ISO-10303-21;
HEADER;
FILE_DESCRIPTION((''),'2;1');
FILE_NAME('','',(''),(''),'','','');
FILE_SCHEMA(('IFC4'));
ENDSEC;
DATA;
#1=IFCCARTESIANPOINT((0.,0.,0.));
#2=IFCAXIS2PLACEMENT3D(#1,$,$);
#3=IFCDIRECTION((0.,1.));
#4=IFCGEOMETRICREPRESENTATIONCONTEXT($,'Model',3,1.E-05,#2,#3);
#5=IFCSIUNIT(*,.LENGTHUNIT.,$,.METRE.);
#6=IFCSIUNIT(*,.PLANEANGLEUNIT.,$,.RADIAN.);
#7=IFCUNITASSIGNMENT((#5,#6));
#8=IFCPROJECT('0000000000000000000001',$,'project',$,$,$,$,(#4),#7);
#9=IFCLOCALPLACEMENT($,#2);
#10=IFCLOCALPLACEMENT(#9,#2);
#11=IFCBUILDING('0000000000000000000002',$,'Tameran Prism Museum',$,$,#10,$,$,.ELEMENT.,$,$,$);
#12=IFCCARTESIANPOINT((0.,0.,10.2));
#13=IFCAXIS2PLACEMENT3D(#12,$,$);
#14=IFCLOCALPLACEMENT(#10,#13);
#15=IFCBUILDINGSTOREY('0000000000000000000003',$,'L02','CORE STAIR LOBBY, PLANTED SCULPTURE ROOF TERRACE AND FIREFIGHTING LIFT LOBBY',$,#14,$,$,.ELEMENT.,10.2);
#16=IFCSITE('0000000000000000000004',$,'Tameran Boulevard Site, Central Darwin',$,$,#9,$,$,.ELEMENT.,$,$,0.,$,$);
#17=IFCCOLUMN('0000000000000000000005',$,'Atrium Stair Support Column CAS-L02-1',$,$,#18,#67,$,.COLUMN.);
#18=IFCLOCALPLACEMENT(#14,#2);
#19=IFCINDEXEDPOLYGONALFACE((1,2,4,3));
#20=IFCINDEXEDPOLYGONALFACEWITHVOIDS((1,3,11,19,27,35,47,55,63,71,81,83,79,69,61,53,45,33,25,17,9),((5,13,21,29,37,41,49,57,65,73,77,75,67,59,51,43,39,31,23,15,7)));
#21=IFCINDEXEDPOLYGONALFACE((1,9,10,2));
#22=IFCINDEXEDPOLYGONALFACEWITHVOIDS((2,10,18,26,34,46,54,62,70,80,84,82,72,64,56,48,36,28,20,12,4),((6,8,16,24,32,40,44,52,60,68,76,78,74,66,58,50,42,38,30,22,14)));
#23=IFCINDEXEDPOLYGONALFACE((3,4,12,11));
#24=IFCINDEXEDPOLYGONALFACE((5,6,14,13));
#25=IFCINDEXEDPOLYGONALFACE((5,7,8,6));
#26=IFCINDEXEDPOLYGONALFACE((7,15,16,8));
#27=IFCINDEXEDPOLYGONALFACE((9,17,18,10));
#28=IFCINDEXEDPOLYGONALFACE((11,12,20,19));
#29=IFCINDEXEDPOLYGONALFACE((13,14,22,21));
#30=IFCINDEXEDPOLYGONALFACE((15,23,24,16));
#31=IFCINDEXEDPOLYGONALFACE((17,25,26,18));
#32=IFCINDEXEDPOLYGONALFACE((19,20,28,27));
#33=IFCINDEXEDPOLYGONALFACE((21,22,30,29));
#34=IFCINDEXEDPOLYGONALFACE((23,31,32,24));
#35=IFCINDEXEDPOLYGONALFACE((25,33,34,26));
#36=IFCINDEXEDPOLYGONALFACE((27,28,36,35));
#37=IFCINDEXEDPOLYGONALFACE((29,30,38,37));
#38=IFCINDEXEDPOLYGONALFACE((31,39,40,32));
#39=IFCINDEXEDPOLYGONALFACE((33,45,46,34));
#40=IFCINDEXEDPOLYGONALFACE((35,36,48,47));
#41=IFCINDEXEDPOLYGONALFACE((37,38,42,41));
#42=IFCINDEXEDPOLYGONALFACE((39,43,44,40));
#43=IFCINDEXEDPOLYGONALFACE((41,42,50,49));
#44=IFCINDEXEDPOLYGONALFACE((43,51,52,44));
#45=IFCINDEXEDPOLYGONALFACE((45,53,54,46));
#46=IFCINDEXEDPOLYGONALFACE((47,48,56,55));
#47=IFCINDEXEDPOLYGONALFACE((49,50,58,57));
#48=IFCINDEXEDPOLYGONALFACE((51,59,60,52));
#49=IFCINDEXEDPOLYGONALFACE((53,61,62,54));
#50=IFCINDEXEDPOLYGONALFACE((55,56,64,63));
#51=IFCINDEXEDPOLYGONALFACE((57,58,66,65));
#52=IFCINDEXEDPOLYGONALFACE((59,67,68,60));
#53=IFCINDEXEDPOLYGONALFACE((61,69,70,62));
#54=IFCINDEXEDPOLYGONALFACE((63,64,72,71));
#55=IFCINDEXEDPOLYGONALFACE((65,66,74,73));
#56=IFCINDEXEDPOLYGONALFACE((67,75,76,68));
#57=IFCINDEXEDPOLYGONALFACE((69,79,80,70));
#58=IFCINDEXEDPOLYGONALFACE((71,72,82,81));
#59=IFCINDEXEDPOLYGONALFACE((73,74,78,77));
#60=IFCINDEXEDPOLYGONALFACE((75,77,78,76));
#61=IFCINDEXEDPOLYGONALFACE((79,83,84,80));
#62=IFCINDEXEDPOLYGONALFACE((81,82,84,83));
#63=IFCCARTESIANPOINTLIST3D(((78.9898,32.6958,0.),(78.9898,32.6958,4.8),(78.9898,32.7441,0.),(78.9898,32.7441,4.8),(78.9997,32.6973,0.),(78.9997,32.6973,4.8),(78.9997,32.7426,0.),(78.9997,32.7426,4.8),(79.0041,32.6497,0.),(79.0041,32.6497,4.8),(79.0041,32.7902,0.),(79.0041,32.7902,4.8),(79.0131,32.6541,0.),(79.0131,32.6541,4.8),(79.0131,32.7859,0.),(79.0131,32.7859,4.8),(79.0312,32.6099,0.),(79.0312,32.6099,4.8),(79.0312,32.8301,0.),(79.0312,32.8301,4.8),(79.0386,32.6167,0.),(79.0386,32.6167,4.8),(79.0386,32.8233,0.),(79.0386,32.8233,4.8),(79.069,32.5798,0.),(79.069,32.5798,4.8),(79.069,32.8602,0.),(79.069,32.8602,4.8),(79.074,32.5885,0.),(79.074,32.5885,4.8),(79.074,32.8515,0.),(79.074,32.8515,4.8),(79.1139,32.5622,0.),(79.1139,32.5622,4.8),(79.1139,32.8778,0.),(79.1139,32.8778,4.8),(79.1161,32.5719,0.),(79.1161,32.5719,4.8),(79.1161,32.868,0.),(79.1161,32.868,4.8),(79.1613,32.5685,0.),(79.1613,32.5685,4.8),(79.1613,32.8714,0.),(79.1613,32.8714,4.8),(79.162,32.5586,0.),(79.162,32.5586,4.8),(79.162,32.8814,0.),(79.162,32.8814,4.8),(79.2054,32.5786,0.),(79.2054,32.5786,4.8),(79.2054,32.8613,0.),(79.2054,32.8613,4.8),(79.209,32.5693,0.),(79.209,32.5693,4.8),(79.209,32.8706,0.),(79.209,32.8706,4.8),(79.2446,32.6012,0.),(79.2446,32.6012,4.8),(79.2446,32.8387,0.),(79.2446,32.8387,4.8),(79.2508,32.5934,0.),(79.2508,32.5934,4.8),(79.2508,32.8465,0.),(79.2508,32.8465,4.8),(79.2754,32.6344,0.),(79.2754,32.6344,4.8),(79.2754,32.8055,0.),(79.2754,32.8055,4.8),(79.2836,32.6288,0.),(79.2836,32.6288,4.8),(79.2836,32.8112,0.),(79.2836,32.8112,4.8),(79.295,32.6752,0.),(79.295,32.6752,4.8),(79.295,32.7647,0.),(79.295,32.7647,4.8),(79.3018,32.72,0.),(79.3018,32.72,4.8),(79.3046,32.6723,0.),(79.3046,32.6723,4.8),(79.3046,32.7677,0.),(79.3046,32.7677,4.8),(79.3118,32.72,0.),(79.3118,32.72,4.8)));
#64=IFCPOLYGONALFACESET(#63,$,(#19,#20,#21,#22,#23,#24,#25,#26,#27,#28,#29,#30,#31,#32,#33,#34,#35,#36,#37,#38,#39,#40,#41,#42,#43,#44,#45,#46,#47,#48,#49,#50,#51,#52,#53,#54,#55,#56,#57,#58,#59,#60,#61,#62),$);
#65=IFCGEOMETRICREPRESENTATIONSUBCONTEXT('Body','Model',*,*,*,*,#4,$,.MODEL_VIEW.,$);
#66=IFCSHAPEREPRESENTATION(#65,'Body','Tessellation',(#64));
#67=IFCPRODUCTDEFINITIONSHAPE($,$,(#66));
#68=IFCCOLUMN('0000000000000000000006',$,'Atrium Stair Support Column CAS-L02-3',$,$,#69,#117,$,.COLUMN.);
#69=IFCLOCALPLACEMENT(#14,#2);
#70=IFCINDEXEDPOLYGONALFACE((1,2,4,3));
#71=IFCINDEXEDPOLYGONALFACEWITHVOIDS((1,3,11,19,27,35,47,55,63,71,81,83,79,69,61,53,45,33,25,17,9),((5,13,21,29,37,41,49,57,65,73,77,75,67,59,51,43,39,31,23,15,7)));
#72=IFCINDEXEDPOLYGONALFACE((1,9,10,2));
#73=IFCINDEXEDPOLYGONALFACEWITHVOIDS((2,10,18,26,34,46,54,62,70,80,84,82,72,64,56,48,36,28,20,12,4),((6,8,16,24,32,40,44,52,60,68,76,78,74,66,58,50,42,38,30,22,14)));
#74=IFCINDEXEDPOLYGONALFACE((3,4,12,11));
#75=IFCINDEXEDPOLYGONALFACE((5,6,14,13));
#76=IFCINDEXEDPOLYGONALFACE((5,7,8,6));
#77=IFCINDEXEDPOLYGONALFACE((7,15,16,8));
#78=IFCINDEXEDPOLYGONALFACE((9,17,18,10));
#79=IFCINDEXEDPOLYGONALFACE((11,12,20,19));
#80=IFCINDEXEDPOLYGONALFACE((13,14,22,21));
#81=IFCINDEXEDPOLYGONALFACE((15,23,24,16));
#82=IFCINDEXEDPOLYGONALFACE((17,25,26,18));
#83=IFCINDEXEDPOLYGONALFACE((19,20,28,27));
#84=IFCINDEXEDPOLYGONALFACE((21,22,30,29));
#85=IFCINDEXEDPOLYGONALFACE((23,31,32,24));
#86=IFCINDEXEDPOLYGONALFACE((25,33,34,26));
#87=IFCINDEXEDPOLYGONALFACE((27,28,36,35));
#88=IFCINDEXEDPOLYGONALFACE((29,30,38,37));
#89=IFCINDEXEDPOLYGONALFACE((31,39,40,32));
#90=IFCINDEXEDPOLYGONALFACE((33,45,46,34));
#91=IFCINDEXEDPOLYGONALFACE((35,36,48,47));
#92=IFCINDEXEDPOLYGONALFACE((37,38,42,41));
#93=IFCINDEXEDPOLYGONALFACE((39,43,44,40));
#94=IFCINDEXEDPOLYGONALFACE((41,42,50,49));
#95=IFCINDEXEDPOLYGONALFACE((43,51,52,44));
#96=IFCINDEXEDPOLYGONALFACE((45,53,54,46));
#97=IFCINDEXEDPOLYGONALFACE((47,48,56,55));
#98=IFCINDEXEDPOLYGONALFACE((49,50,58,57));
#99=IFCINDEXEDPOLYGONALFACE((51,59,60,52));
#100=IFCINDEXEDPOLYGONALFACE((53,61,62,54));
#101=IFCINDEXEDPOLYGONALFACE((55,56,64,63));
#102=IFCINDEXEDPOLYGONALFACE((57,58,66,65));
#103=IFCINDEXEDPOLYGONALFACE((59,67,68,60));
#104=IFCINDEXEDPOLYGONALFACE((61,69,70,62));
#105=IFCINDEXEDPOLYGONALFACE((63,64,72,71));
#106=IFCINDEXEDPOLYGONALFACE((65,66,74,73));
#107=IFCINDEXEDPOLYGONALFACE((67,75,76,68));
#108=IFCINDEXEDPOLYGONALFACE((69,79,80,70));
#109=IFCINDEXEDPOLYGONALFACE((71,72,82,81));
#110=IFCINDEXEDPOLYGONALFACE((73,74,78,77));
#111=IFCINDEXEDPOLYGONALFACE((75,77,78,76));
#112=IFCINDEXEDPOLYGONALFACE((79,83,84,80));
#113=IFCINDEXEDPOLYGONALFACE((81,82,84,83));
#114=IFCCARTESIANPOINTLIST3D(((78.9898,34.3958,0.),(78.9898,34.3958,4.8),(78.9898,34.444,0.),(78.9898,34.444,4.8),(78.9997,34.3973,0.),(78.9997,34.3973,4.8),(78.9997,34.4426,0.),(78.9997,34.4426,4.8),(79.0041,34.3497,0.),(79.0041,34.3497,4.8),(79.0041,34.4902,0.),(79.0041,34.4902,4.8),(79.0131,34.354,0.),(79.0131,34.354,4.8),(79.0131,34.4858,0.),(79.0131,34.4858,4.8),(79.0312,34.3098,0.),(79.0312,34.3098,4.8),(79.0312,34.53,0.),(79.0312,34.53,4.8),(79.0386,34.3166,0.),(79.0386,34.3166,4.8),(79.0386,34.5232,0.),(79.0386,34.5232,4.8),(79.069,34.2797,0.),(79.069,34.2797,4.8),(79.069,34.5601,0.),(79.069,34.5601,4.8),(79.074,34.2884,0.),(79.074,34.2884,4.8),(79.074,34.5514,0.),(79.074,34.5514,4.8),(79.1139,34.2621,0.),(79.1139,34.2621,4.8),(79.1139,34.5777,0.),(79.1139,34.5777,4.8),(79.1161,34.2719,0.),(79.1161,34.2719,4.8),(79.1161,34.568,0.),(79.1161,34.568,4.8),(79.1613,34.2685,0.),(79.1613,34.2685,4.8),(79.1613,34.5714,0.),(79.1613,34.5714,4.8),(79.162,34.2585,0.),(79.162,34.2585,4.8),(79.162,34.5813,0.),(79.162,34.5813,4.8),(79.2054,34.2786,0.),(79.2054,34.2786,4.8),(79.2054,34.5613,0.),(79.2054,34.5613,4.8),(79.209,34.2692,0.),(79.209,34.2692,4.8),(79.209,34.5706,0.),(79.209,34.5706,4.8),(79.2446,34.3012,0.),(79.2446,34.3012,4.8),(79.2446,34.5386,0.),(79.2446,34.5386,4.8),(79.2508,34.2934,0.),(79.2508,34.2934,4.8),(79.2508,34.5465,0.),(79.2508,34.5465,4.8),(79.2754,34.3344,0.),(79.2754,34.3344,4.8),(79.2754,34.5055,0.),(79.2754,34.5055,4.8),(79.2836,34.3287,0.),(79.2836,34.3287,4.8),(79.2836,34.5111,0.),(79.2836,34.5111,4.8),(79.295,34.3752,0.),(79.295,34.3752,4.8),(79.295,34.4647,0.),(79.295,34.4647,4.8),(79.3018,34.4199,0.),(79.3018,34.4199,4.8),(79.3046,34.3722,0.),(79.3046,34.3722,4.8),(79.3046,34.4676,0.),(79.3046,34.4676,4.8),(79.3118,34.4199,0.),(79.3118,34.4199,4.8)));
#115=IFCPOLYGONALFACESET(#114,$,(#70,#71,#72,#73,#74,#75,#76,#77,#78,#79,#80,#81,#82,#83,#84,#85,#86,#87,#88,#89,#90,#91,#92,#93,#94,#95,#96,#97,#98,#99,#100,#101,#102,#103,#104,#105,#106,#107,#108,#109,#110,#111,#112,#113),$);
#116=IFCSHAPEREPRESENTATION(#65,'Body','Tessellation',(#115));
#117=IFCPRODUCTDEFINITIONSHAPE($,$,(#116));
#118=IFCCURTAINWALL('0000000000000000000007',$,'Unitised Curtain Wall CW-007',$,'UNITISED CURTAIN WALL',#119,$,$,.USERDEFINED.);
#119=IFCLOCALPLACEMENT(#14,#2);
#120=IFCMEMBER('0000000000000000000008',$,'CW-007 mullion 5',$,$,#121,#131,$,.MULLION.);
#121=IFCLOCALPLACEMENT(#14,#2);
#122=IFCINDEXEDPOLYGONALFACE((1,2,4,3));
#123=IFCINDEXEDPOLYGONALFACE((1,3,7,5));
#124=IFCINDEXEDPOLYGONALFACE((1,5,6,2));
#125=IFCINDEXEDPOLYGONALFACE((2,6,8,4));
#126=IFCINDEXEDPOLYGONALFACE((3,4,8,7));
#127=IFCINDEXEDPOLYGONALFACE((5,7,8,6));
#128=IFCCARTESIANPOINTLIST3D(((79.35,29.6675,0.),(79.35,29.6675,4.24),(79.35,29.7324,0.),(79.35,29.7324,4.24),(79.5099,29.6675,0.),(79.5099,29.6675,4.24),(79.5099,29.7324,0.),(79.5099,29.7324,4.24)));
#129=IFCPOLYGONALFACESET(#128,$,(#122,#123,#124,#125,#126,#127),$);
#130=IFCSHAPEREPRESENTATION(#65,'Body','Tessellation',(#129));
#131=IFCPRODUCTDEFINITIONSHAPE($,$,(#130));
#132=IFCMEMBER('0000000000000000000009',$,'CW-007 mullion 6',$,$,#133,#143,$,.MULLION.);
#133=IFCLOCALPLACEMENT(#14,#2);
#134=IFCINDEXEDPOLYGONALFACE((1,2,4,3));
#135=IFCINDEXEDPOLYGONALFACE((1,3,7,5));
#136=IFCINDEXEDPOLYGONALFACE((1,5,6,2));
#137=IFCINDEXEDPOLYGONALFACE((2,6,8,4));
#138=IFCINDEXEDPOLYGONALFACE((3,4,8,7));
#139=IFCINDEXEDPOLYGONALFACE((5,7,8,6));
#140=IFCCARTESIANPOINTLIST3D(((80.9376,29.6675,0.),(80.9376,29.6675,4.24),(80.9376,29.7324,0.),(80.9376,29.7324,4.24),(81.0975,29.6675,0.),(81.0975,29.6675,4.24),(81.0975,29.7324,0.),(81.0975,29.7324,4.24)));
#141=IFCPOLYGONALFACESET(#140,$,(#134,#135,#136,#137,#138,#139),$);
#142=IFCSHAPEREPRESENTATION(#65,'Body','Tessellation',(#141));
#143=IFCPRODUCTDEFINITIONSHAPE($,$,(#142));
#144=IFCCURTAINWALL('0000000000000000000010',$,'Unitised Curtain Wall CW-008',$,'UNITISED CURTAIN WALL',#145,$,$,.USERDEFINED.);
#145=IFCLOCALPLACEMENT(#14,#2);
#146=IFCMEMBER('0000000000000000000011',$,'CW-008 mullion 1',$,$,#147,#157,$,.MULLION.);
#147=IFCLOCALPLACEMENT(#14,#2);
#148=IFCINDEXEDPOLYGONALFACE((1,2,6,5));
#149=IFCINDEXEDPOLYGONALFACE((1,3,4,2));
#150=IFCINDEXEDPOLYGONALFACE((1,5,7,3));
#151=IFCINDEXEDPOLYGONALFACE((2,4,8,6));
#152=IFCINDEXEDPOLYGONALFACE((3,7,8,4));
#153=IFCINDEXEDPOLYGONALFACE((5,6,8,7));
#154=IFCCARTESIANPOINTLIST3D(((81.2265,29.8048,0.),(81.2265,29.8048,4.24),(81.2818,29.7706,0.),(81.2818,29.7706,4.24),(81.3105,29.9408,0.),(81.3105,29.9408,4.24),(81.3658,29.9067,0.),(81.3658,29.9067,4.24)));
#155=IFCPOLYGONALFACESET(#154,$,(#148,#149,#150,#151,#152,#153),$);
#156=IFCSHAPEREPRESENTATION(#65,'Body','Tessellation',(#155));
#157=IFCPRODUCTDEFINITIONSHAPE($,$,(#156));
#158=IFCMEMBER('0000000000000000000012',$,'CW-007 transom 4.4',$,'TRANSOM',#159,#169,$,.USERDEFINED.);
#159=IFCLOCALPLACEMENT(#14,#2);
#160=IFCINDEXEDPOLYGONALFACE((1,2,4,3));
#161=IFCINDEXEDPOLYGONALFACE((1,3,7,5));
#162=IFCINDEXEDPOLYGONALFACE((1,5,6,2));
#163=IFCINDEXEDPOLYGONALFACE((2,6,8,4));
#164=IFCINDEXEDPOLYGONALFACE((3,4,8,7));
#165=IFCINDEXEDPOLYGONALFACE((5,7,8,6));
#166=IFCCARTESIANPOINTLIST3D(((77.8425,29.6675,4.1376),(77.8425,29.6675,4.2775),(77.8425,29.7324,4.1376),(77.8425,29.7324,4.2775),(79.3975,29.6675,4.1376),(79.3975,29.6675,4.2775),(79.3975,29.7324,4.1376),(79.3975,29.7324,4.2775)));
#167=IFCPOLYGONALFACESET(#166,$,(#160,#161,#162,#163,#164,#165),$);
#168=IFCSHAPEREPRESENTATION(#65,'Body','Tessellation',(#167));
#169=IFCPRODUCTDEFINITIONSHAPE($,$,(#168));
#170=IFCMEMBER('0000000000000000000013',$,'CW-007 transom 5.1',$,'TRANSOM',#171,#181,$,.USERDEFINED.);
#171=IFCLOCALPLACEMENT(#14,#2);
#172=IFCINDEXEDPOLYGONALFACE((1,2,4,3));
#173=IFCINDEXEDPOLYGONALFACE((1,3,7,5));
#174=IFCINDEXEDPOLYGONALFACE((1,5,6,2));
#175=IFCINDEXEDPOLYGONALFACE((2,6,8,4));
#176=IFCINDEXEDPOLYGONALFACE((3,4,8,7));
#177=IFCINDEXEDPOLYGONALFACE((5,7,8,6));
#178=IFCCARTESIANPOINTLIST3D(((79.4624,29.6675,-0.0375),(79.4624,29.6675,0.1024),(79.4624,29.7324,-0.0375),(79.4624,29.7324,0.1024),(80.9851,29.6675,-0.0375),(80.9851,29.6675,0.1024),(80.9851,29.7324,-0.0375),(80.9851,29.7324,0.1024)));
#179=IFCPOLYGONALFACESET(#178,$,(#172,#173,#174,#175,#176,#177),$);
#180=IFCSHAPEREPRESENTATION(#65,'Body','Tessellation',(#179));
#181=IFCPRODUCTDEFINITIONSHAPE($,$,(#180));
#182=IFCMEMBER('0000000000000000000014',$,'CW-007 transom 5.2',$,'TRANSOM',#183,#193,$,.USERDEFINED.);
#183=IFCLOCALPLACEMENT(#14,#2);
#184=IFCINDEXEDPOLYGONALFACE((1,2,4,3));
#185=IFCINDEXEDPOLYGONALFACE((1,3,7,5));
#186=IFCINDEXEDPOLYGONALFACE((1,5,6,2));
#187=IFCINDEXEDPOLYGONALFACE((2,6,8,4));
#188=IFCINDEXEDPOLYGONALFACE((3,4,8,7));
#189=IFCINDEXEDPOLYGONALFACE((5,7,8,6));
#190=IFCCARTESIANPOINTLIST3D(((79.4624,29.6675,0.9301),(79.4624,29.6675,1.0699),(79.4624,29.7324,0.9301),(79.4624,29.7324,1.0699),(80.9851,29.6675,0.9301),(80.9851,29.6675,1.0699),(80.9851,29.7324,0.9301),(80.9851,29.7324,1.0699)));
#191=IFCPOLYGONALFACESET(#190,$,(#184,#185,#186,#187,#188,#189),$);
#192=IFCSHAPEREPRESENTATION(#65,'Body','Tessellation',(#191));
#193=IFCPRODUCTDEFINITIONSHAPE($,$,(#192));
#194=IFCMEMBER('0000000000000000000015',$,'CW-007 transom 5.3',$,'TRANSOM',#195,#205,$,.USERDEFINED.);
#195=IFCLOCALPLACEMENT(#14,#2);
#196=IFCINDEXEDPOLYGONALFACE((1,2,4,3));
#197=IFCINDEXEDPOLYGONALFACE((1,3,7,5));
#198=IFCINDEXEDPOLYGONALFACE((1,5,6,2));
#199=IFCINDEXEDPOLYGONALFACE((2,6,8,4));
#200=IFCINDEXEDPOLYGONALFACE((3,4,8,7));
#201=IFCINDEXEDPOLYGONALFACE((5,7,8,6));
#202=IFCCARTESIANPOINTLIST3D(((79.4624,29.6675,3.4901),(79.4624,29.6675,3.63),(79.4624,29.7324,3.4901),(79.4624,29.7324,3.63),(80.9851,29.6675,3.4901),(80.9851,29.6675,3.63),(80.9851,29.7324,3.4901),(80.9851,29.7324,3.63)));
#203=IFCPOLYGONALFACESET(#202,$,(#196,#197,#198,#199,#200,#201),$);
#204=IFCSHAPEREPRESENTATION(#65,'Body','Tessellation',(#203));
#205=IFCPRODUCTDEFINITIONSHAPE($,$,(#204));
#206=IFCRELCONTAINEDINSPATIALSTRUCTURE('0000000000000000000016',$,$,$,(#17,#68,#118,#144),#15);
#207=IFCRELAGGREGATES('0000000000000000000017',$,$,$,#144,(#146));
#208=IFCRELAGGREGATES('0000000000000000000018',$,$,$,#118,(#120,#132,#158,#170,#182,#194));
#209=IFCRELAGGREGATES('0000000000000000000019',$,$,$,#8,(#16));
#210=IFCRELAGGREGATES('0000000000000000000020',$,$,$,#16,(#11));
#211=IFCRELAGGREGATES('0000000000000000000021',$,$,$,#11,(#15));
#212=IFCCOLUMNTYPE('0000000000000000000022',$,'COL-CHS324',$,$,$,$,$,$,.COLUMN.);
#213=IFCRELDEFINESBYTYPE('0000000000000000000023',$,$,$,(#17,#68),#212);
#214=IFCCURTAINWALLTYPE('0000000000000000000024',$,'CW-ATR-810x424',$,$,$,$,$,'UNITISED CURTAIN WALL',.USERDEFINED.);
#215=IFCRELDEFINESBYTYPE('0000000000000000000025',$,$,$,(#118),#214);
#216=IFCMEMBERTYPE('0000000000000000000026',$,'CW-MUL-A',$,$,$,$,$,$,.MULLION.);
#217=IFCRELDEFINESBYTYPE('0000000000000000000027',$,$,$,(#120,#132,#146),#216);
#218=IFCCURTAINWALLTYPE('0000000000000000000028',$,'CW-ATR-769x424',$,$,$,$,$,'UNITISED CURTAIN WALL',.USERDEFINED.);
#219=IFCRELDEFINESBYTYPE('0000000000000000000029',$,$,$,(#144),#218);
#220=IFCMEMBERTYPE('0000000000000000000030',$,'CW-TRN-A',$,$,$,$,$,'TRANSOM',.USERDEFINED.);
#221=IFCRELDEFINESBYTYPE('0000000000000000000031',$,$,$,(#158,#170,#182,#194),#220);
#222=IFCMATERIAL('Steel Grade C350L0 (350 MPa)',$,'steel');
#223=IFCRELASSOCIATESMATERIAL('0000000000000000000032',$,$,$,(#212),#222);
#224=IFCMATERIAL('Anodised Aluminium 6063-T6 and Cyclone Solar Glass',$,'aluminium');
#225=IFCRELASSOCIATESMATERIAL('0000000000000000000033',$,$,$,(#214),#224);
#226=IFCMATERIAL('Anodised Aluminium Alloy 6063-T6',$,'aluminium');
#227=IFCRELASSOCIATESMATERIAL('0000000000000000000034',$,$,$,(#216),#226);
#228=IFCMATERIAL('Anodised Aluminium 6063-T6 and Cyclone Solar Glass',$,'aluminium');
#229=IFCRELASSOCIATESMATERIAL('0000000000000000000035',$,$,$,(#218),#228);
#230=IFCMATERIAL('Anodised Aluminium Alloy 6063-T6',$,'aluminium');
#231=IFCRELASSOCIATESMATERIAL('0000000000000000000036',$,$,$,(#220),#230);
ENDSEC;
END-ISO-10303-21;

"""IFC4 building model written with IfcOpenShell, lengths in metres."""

from ifc_helpers import new_model, si_unit, direction, frame, origin, origin_2d, place, context, subcontext, project, spatial, rectangle, hollow_circle, extrude, material, material_profile, profile_set, type_object, element, aggregate, save


model = new_model("IFC4")

# Units and contexts
model_context = context("Model", 3, precision=1e-05, world=origin(), true_north=direction((0.0, 1.0)))
body_context = subcontext(model_context, "Body", "Model", "MODEL_VIEW")
ifc_project = project(units=[si_unit("LENGTHUNIT", "METRE"), si_unit("PLANEANGLEUNIT", "RADIAN")], contexts=[model_context])

# Site, building, storey
site_placement = place(None, origin())
site = spatial("IfcSite", under=ifc_project, at=site_placement, Name="Tameran Boulevard Site, Central Darwin", CompositionType="ELEMENT", RefElevation=0.0)
building_placement = place(site_placement, origin())
building = spatial("IfcBuilding", under=site, at=building_placement, Name="Tameran Prism Museum", CompositionType="ELEMENT")
storey_placement = place(building_placement, frame((0.0, 0.0, 10.2)))
storey = spatial("IfcBuildingStorey", under=building, at=storey_placement, Name="L02", Description="CORE STAIR LOBBY, PLANTED SCULPTURE ROOF TERRACE AND FIREFIGHTING LIFT LOBBY", CompositionType="ELEMENT", Elevation=10.2)

# Columns
ifc_material_1 = material(Name="Steel Grade C350L0 (350 MPa)", Category="steel")
ifc_material_profile_1 = material_profile(ifc_material_1, hollow_circle(Radius=0.1619, WallThickness=0.01, at=origin_2d()))
ifc_profile_set_1 = profile_set([ifc_material_profile_1])
column_type = type_object("IfcColumnType", Name="COL-CHS324", PredefinedType="COLUMN", material=ifc_profile_set_1)
for number, where, z_axis, x_axis, name in (
    (1, (79.1499, 32.72, 0.0), (0.0, 0.0, 1.0), (1.0, 0.0, 0.0), "Atrium Stair Support Column CAS-L02-1"),
    (2, (79.1499, 34.4199, 0.0), (0.0, 0.0, 1.0), (1.0, 0.0, 0.0), "Atrium Stair Support Column CAS-L02-3"),
):
    element("IfcColumn", number, at=place(storey_placement, frame(where, z_axis=z_axis, x_axis=x_axis)), inside=storey, type_object=column_type, Name=name, PredefinedType="COLUMN", context=body_context, shape_type="SweptSolid", body=[
        extrude(hollow_circle(Radius=0.1619, WallThickness=0.01, at=origin_2d()), origin(), (0.0, 0.0, 1.0), 4.8),
    ])

# Curtain wall, members
ifc_material_2 = material(Name="Anodised Aluminium 6063-T6 and Cyclone Solar Glass", Category="aluminium")
curtain_wall_type_1 = type_object("IfcCurtainWallType", Name="CW-ATR-810x424", ElementType="UNITISED CURTAIN WALL", PredefinedType="USERDEFINED", material=ifc_material_2)
curtain_wall_1_placement = place(storey_placement, origin())
curtain_wall_1 = element("IfcCurtainWall", 3, at=curtain_wall_1_placement, inside=storey, type_object=curtain_wall_type_1, Name="Unitised Curtain Wall CW-007", ObjectType="UNITISED CURTAIN WALL", PredefinedType="USERDEFINED")
ifc_material_3 = material(Name="Anodised Aluminium Alloy 6063-T6", Category="aluminium")
ifc_material_profile_2 = material_profile(ifc_material_3, rectangle(XDim=0.0649, YDim=0.1599, at=origin_2d()))
ifc_profile_set_2 = profile_set([ifc_material_profile_2])
member_type_1 = type_object("IfcMemberType", Name="CW-MUL-A", PredefinedType="MULLION", material=ifc_profile_set_2)
member_1_placement = place(storey_placement, frame((79.4299, 29.7, 0.0), z_axis=(0.0, 0.0, 1.0), x_axis=(0.0, 1.0, 0.0)))
member_1 = element("IfcMember", 4, at=member_1_placement, type_object=member_type_1, Name="CW-007 mullion 5", PredefinedType="MULLION", context=body_context, shape_type="SweptSolid", body=[
    extrude(rectangle(XDim=0.0649, YDim=0.1599, at=origin_2d()), origin(), (0.0, 0.0, 1.0), 4.24),
])
member_2_placement = place(storey_placement, frame((81.0176, 29.7, 0.0), z_axis=(0.0, 0.0, 1.0), x_axis=(0.0, 1.0, 0.0)))
member_2 = element("IfcMember", 5, at=member_2_placement, type_object=member_type_1, Name="CW-007 mullion 6", PredefinedType="MULLION", context=body_context, shape_type="SweptSolid", body=[
    extrude(rectangle(XDim=0.0649, YDim=0.1599, at=origin_2d()), origin(), (0.0, 0.0, 1.0), 4.24),
])

# Curtain wall, member
ifc_material_4 = material(Name="Anodised Aluminium 6063-T6 and Cyclone Solar Glass", Category="aluminium")
curtain_wall_type_2 = type_object("IfcCurtainWallType", Name="CW-ATR-769x424", ElementType="UNITISED CURTAIN WALL", PredefinedType="USERDEFINED", material=ifc_material_4)
curtain_wall_2_placement = place(storey_placement, origin())
curtain_wall_2 = element("IfcCurtainWall", 6, at=curtain_wall_2_placement, inside=storey, type_object=curtain_wall_type_2, Name="Unitised Curtain Wall CW-008", ObjectType="UNITISED CURTAIN WALL", PredefinedType="USERDEFINED")
member_3_placement = place(storey_placement, frame((81.2961, 29.8557, 0.0), z_axis=(0.0, 0.0, 1.0), x_axis=(-0.850791, 0.525504, 0.0)))
member_3 = element("IfcMember", 7, at=member_3_placement, type_object=member_type_1, Name="CW-008 mullion 1", PredefinedType="MULLION", context=body_context, shape_type="SweptSolid", body=[
    extrude(rectangle(XDim=0.0649, YDim=0.1599, at=origin_2d()), origin(), (0.0, 0.0, 1.0), 4.24),
])

# Members
ifc_material_5 = material(Name="Anodised Aluminium Alloy 6063-T6", Category="aluminium")
ifc_material_profile_3 = material_profile(ifc_material_5, rectangle(XDim=0.0649, YDim=0.1399, at=origin_2d()))
ifc_profile_set_3 = profile_set([ifc_material_profile_3])
member_type_2 = type_object("IfcMemberType", Name="CW-TRN-A", ElementType="TRANSOM", PredefinedType="USERDEFINED", material=ifc_profile_set_3)
member_4_placement = place(storey_placement, frame((77.8425, 29.7, 4.2075), z_axis=(1.0, 0.0, 0.0), x_axis=(0.0, 1.0, 0.0)))
member_4 = element("IfcMember", 8, at=member_4_placement, type_object=member_type_2, Name="CW-007 transom 4.4", ObjectType="TRANSOM", PredefinedType="USERDEFINED", context=body_context, shape_type="SweptSolid", body=[
    extrude(rectangle(XDim=0.0649, YDim=0.1399, at=origin_2d()), origin(), (0.0, 0.0, 1.0), 1.5549),
])
member_5_placement = place(storey_placement, frame((79.4624, 29.7, 0.0325), z_axis=(1.0, 0.0, 0.0), x_axis=(0.0, 1.0, 0.0)))
member_5 = element("IfcMember", 9, at=member_5_placement, type_object=member_type_2, Name="CW-007 transom 5.1", ObjectType="TRANSOM", PredefinedType="USERDEFINED", context=body_context, shape_type="SweptSolid", body=[
    extrude(rectangle(XDim=0.0649, YDim=0.1399, at=origin_2d()), origin(), (0.0, 0.0, 1.0), 1.5227),
])
member_6_placement = place(storey_placement, frame((79.4624, 29.7, 1.0), z_axis=(1.0, 0.0, 0.0), x_axis=(0.0, 1.0, 0.0)))
member_6 = element("IfcMember", 10, at=member_6_placement, type_object=member_type_2, Name="CW-007 transom 5.2", ObjectType="TRANSOM", PredefinedType="USERDEFINED", context=body_context, shape_type="SweptSolid", body=[
    extrude(rectangle(XDim=0.0649, YDim=0.1399, at=origin_2d()), origin(), (0.0, 0.0, 1.0), 1.5227),
])
member_7_placement = place(storey_placement, frame((79.4624, 29.7, 3.5601), z_axis=(1.0, 0.0, 0.0), x_axis=(0.0, 1.0, 0.0)))
member_7 = element("IfcMember", 11, at=member_7_placement, type_object=member_type_2, Name="CW-007 transom 5.3", ObjectType="TRANSOM", PredefinedType="USERDEFINED", context=body_context, shape_type="SweptSolid", body=[
    extrude(rectangle(XDim=0.0649, YDim=0.1399, at=origin_2d()), origin(), (0.0, 0.0, 1.0), 1.5227),
])
aggregate(curtain_wall_2, [member_3])

aggregate(curtain_wall_1, [member_1, member_2, member_4, member_5, member_6, member_7])

save(model, "model.ifc")
